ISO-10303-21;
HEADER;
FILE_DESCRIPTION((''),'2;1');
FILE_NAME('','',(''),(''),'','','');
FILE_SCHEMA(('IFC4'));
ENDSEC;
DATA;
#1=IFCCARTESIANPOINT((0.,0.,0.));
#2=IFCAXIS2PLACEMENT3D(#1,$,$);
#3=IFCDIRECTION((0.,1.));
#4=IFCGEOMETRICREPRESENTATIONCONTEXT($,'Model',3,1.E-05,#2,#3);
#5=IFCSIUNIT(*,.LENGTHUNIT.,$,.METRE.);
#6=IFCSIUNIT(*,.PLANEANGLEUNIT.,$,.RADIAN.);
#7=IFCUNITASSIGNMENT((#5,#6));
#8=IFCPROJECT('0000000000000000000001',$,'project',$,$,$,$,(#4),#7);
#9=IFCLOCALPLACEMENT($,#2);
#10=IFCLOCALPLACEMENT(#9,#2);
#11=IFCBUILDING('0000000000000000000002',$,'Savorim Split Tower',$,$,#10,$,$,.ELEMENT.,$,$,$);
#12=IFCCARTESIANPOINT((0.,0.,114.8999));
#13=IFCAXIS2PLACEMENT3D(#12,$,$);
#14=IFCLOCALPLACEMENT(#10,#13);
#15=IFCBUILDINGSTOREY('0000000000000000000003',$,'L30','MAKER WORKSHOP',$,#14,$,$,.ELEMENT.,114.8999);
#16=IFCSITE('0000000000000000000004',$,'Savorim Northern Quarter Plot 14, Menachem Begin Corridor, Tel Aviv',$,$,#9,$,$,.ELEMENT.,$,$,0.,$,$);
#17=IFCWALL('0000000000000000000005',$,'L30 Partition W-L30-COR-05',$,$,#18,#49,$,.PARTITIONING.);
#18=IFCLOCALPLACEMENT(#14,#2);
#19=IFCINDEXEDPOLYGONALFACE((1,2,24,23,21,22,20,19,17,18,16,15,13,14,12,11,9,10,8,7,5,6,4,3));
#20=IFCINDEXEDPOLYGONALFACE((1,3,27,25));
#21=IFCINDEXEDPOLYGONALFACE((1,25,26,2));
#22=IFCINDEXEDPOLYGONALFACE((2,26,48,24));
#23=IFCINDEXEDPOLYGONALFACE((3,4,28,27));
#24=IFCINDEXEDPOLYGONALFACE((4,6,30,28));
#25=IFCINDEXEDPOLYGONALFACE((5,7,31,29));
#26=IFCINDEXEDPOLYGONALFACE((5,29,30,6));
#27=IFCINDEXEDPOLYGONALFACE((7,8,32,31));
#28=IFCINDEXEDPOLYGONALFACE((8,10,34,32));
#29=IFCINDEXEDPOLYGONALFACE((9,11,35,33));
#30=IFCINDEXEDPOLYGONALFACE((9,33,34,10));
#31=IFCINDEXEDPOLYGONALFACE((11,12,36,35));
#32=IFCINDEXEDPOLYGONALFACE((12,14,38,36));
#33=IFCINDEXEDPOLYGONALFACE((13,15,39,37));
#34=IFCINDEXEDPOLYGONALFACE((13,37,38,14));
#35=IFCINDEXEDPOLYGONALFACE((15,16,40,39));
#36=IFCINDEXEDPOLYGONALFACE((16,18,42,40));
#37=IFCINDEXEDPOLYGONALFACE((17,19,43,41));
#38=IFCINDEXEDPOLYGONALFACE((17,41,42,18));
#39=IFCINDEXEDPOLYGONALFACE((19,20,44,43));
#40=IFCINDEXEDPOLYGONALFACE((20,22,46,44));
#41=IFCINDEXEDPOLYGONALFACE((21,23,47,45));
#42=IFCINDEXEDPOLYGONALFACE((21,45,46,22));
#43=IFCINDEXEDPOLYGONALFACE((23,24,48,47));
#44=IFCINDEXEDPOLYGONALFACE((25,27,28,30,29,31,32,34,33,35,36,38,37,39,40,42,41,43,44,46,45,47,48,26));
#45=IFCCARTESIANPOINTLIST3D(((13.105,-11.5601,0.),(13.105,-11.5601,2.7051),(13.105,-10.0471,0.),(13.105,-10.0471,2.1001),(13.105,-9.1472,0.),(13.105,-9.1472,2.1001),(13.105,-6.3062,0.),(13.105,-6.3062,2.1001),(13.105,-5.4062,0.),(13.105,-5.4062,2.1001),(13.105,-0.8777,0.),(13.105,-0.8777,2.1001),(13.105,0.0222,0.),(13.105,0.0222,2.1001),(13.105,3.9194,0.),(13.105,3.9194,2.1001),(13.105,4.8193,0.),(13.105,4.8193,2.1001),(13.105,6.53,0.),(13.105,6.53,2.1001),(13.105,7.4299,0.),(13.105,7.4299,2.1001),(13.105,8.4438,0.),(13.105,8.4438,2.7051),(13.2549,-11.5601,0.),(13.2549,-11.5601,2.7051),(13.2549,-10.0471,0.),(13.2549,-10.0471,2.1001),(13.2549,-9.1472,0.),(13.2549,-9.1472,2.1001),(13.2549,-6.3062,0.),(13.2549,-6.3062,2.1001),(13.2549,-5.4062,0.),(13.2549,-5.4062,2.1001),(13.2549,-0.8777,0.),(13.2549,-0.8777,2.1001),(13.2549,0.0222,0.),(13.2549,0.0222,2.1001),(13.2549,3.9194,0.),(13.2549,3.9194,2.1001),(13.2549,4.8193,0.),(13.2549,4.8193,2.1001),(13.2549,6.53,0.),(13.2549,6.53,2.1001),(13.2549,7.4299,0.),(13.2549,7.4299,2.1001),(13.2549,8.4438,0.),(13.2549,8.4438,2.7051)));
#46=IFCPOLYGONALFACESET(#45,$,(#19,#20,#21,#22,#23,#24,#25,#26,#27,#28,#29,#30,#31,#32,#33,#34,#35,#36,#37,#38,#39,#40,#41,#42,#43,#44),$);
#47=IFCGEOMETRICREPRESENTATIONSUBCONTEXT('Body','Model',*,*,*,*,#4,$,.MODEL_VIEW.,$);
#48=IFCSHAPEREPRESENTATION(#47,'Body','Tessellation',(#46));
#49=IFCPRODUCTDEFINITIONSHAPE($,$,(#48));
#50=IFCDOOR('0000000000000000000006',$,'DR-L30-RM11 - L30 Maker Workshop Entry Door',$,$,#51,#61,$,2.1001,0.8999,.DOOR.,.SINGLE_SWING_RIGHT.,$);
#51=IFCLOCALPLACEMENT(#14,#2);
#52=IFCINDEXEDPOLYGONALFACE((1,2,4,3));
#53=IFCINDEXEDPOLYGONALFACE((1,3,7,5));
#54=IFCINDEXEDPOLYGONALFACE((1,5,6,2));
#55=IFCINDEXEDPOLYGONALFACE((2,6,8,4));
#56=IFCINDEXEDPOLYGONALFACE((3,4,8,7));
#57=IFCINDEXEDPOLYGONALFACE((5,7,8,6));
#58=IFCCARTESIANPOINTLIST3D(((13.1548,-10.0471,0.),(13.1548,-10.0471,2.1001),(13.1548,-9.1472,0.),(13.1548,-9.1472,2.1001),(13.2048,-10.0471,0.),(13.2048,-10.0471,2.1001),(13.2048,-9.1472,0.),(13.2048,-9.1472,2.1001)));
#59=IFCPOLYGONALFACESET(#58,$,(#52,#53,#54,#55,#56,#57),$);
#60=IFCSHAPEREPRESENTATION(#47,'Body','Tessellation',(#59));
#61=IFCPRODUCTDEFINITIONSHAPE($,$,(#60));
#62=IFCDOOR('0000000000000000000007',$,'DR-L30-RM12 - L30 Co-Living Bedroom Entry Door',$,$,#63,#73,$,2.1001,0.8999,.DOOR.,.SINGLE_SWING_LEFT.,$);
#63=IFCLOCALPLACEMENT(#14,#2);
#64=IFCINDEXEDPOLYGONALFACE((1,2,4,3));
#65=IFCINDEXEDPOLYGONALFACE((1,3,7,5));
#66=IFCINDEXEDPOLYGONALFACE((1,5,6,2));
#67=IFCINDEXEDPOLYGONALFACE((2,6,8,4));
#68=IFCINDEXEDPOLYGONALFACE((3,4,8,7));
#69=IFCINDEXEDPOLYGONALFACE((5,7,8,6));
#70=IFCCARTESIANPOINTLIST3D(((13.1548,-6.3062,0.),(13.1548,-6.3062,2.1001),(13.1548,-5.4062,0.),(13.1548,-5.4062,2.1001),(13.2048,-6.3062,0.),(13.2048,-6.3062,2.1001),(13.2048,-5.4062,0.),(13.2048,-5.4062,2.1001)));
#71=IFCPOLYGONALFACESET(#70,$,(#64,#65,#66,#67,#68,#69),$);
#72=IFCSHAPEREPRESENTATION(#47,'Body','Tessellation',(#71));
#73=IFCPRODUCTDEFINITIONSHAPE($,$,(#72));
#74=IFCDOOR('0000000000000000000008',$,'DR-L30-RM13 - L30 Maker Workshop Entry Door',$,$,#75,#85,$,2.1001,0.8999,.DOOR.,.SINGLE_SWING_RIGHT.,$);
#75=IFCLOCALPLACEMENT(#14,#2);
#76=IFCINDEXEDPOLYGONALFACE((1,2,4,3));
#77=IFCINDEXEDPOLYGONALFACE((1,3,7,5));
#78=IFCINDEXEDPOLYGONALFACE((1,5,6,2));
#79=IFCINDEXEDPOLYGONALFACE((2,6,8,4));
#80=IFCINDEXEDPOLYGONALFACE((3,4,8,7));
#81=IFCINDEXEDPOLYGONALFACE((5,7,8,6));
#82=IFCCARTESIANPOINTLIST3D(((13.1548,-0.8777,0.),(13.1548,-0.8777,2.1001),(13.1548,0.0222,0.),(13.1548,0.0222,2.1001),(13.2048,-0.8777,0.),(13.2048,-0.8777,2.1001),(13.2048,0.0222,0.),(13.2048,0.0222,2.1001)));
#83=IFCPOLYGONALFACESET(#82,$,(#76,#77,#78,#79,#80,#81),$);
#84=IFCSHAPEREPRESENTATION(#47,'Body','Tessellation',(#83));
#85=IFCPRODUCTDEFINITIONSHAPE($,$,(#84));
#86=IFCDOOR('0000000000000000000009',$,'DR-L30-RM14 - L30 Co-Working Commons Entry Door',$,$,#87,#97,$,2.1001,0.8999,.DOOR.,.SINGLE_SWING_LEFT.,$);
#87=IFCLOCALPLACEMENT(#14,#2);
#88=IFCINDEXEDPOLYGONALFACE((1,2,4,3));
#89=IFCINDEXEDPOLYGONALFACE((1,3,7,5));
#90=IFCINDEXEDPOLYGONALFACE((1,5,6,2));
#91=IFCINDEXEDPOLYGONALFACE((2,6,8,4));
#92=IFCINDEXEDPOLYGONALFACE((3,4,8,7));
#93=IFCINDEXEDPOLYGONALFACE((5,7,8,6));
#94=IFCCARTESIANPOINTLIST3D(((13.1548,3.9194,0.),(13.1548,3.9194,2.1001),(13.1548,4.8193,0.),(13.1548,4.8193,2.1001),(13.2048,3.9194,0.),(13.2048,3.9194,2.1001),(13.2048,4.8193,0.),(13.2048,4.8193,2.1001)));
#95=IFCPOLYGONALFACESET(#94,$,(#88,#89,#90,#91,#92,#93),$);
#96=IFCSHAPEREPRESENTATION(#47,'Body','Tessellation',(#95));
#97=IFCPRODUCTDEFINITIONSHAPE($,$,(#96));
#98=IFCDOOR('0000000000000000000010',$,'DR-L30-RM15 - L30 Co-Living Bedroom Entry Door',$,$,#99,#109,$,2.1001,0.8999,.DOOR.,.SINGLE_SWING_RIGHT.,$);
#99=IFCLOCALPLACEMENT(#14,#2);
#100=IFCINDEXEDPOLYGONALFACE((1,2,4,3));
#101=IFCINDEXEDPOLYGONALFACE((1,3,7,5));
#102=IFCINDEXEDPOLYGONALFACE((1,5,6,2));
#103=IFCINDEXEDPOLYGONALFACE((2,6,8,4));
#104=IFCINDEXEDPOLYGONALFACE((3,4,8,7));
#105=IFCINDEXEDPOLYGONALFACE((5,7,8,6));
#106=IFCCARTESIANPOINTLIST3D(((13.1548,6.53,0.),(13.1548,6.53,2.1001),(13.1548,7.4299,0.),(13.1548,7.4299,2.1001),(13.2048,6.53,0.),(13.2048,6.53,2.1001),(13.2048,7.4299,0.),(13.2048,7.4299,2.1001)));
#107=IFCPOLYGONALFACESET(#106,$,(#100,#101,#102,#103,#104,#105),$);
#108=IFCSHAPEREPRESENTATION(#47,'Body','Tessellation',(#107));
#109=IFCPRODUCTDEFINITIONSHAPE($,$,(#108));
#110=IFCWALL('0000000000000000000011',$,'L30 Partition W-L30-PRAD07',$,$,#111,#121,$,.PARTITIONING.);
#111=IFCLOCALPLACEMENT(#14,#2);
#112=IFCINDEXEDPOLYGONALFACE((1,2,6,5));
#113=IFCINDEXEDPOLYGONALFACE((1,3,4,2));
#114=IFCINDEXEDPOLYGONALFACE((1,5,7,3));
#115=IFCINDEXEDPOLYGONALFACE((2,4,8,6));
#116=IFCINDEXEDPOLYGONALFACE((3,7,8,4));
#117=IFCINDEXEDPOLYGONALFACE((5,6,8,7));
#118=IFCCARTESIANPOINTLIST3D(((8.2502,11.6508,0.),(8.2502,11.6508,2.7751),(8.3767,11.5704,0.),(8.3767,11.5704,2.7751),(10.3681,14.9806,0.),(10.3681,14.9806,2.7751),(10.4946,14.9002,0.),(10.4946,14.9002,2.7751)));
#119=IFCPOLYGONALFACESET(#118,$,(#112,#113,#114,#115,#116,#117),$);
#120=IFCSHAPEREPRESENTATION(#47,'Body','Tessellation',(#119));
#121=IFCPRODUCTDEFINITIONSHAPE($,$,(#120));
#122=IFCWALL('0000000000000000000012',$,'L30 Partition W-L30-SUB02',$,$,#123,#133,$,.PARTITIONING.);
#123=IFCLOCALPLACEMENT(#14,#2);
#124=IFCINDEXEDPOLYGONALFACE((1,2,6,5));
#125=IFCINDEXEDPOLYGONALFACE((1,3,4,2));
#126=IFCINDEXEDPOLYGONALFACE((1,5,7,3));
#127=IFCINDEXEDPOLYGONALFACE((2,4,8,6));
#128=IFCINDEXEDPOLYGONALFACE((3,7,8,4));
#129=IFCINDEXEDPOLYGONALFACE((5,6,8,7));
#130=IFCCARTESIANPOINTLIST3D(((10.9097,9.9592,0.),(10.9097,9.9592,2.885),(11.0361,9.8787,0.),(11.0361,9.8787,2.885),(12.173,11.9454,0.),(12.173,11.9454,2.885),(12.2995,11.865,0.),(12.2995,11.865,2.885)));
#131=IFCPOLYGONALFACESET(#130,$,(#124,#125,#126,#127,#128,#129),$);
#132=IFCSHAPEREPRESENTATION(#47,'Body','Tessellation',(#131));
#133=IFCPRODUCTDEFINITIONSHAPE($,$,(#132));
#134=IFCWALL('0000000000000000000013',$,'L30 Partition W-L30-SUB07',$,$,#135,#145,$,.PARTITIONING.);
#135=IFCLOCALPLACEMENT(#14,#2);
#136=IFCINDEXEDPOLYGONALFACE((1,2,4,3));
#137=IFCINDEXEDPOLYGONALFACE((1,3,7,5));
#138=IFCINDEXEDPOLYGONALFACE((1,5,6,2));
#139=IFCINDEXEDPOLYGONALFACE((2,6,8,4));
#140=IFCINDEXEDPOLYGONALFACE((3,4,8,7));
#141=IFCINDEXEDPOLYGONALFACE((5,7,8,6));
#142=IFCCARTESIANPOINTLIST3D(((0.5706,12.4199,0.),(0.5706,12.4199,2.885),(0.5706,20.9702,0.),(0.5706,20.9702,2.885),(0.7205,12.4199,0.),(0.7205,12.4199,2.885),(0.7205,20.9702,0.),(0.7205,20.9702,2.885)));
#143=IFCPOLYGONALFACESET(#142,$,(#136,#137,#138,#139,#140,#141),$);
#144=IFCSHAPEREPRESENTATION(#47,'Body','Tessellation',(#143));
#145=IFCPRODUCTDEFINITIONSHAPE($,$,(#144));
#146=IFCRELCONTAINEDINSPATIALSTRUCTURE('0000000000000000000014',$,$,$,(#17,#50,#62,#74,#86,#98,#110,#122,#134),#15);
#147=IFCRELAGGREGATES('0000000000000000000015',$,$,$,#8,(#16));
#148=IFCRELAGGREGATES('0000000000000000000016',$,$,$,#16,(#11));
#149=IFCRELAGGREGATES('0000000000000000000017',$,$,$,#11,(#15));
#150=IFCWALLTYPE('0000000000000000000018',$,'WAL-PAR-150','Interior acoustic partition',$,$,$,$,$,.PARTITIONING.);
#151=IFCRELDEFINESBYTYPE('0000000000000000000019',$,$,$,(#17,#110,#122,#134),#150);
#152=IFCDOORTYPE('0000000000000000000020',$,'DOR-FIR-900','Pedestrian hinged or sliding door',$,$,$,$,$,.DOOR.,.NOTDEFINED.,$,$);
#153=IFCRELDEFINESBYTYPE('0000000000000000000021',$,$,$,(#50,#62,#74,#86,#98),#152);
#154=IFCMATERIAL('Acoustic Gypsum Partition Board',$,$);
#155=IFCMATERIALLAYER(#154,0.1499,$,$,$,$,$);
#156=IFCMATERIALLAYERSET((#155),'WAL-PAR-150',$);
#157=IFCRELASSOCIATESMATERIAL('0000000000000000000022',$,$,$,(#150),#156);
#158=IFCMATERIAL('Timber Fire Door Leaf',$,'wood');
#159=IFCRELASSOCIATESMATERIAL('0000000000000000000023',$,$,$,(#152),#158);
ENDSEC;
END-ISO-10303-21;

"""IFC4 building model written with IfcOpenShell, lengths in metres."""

from ifc_helpers import new_model, si_unit, direction, frame, frame_2d, origin, place, context, subcontext, project, spatial, rectangle, extrude, material, layer, layer_set, type_object, element, fill, save


model = new_model("IFC4")

# Units and contexts
model_context = context("Model", 3, precision=1e-05, world=origin(), true_north=direction((0.0, 1.0)))
body_context = subcontext(model_context, "Body", "Model", "MODEL_VIEW")
ifc_project = project(units=[si_unit("LENGTHUNIT", "METRE"), si_unit("PLANEANGLEUNIT", "RADIAN")], contexts=[model_context])

# Site, building, storey
site_placement = place(None, origin())
site = spatial("IfcSite", under=ifc_project, at=site_placement, Name="Savorim Northern Quarter Plot 14, Menachem Begin Corridor, Tel Aviv", CompositionType="ELEMENT", RefElevation=0.0)
building_placement = place(site_placement, origin())
building = spatial("IfcBuilding", under=site, at=building_placement, Name="Savorim Split Tower", CompositionType="ELEMENT")
storey_placement = place(building_placement, frame((0.0, 0.0, 114.8999)))
storey = spatial("IfcBuildingStorey", under=building, at=storey_placement, Name="L30", Description="MAKER WORKSHOP", CompositionType="ELEMENT", Elevation=114.8999)

# Shared definitions
ifc_material_1 = material(Name="Timber Fire Door Leaf", Category="wood")

# Shared definitions
ifc_material_2 = material(Name="Acoustic Gypsum Partition Board")
ifc_layer_1 = layer(ifc_material_2, 0.1499)
ifc_layer_set_1 = layer_set([ifc_layer_1], Name="WAL-PAR-150")
wall_type_1 = type_object("IfcWallType", Name="WAL-PAR-150", Description="Interior acoustic partition", PredefinedType="PARTITIONING", material=ifc_layer_set_1)

# Wall, openings, doors
wall_1_placement = place(storey_placement, frame((13.1799, 8.4438, 0.0), z_axis=(0.0, 0.0, 1.0), x_axis=(0.0, -1.0, 0.0)))
wall_1 = element("IfcWall", 1, at=wall_1_placement, inside=storey, type_object=wall_type_1, Name="L30 Partition W-L30-COR-05", PredefinedType="PARTITIONING", context=body_context, shape_type="SweptSolid", body=[
    extrude(rectangle(XDim=20.0039, YDim=0.1499, at=frame_2d((10.002, 0.0))), origin(), (0.0, 0.0, 1.0), 2.7051),
])
opening_1_placement = place(wall_1_placement, frame((17.5911, 0.0, 0.0)))
opening_1 = element("IfcOpeningElement", 2, at=opening_1_placement, cuts=wall_1, PredefinedType="OPENING", context=body_context, shape_type="SweptSolid", body=[
    extrude(rectangle(XDim=0.8999, YDim=2.1001, at=frame_2d((0.45, 1.05))), frame((0.0, 0.085, 0.0), z_axis=(0.0, -1.0, 0.0), x_axis=(1.0, 0.0, 0.0)), (0.0, 0.0, 1.0), 0.1699),
])
opening_2_placement = place(wall_1_placement, frame((13.8501, 0.0, 0.0)))
opening_2 = element("IfcOpeningElement", 3, at=opening_2_placement, cuts=wall_1, PredefinedType="OPENING", context=body_context, shape_type="SweptSolid", body=[
    extrude(rectangle(XDim=0.8999, YDim=2.1001, at=frame_2d((0.45, 1.05))), frame((0.0, 0.085, 0.0), z_axis=(0.0, -1.0, 0.0), x_axis=(1.0, 0.0, 0.0)), (0.0, 0.0, 1.0), 0.1699),
])
opening_3_placement = place(wall_1_placement, frame((8.4216, 0.0, 0.0)))
opening_3 = element("IfcOpeningElement", 4, at=opening_3_placement, cuts=wall_1, PredefinedType="OPENING", context=body_context, shape_type="SweptSolid", body=[
    extrude(rectangle(XDim=0.8999, YDim=2.1001, at=frame_2d((0.45, 1.05))), frame((0.0, 0.085, 0.0), z_axis=(0.0, -1.0, 0.0), x_axis=(1.0, 0.0, 0.0)), (0.0, 0.0, 1.0), 0.1699),
])
opening_4_placement = place(wall_1_placement, frame((3.6245, 0.0, 0.0)))
opening_4 = element("IfcOpeningElement", 5, at=opening_4_placement, cuts=wall_1, PredefinedType="OPENING", context=body_context, shape_type="SweptSolid", body=[
    extrude(rectangle(XDim=0.8999, YDim=2.1001, at=frame_2d((0.45, 1.05))), frame((0.0, 0.085, 0.0), z_axis=(0.0, -1.0, 0.0), x_axis=(1.0, 0.0, 0.0)), (0.0, 0.0, 1.0), 0.1699),
])
opening_5_placement = place(wall_1_placement, frame((1.0139, 0.0, 0.0)))
opening_5 = element("IfcOpeningElement", 6, at=opening_5_placement, cuts=wall_1, PredefinedType="OPENING", context=body_context, shape_type="SweptSolid", body=[
    extrude(rectangle(XDim=0.8999, YDim=2.1001, at=frame_2d((0.45, 1.05))), frame((0.0, 0.085, 0.0), z_axis=(0.0, -1.0, 0.0), x_axis=(1.0, 0.0, 0.0)), (0.0, 0.0, 1.0), 0.1699),
])
door_type_1 = type_object("IfcDoorType", Name="DOR-FIR-900", Description="Pedestrian hinged or sliding door", OperationType="NOTDEFINED", PredefinedType="DOOR", material=ifc_material_1)
door_1_placement = place(opening_1_placement, origin())
door_1 = element("IfcDoor", 7, at=door_1_placement, inside=storey, type_object=door_type_1, Name="DR-L30-RM11 - L30 Maker Workshop Entry Door", OperationType="SINGLE_SWING_RIGHT", OverallHeight=2.1001, OverallWidth=0.8999, PredefinedType="DOOR", context=body_context, shape_type="SweptSolid", body=[
    extrude(rectangle(XDim=0.8999, YDim=2.1001, at=frame_2d((0.45, 1.05))), frame((0.0, 0.0249, 0.0), z_axis=(0.0, -1.0, 0.0), x_axis=(1.0, 0.0, 0.0)), (0.0, 0.0, 1.0), 0.05),
])
fill(opening_1, door_1)
door_2_placement = place(opening_2_placement, origin())
door_2 = element("IfcDoor", 8, at=door_2_placement, inside=storey, type_object=door_type_1, Name="DR-L30-RM12 - L30 Co-Living Bedroom Entry Door", OperationType="SINGLE_SWING_LEFT", OverallHeight=2.1001, OverallWidth=0.8999, PredefinedType="DOOR", context=body_context, shape_type="SweptSolid", body=[
    extrude(rectangle(XDim=0.8999, YDim=2.1001, at=frame_2d((0.45, 1.05))), frame((0.0, 0.0249, 0.0), z_axis=(0.0, -1.0, 0.0), x_axis=(1.0, 0.0, 0.0)), (0.0, 0.0, 1.0), 0.05),
])
fill(opening_2, door_2)
door_3_placement = place(opening_3_placement, origin())
door_3 = element("IfcDoor", 9, at=door_3_placement, inside=storey, type_object=door_type_1, Name="DR-L30-RM13 - L30 Maker Workshop Entry Door", OperationType="SINGLE_SWING_RIGHT", OverallHeight=2.1001, OverallWidth=0.8999, PredefinedType="DOOR", context=body_context, shape_type="SweptSolid", body=[
    extrude(rectangle(XDim=0.8999, YDim=2.1001, at=frame_2d((0.45, 1.05))), frame((0.0, 0.0249, 0.0), z_axis=(0.0, -1.0, 0.0), x_axis=(1.0, 0.0, 0.0)), (0.0, 0.0, 1.0), 0.05),
])
fill(opening_3, door_3)
door_4_placement = place(opening_4_placement, origin())
door_4 = element("IfcDoor", 10, at=door_4_placement, inside=storey, type_object=door_type_1, Name="DR-L30-RM14 - L30 Co-Working Commons Entry Door", OperationType="SINGLE_SWING_LEFT", OverallHeight=2.1001, OverallWidth=0.8999, PredefinedType="DOOR", context=body_context, shape_type="SweptSolid", body=[
    extrude(rectangle(XDim=0.8999, YDim=2.1001, at=frame_2d((0.45, 1.05))), frame((0.0, 0.0249, 0.0), z_axis=(0.0, -1.0, 0.0), x_axis=(1.0, 0.0, 0.0)), (0.0, 0.0, 1.0), 0.05),
])
fill(opening_4, door_4)
door_5_placement = place(opening_5_placement, origin())
door_5 = element("IfcDoor", 11, at=door_5_placement, inside=storey, type_object=door_type_1, Name="DR-L30-RM15 - L30 Co-Living Bedroom Entry Door", OperationType="SINGLE_SWING_RIGHT", OverallHeight=2.1001, OverallWidth=0.8999, PredefinedType="DOOR", context=body_context, shape_type="SweptSolid", body=[
    extrude(rectangle(XDim=0.8999, YDim=2.1001, at=frame_2d((0.45, 1.05))), frame((0.0, 0.0249, 0.0), z_axis=(0.0, -1.0, 0.0), x_axis=(1.0, 0.0, 0.0)), (0.0, 0.0, 1.0), 0.05),
])
fill(opening_5, door_5)

# Walls
wall_2_placement = place(storey_placement, frame((8.3135, 11.6106, 0.0), z_axis=(0.0, 0.0, 1.0), x_axis=(0.536683, 0.843784, 0.0)))
element("IfcWall", 12, at=wall_2_placement, inside=storey, type_object=wall_type_1, Name="L30 Partition W-L30-PRAD07", PredefinedType="PARTITIONING", context=body_context, shape_type="SweptSolid", body=[
    extrude(rectangle(XDim=3.9463, YDim=0.1499, at=frame_2d((1.9731, 0.0))), origin(), (0.0, 0.0, 1.0), 2.7751),
])
wall_3_placement = place(storey_placement, frame((10.9729, 9.9189, 0.0), z_axis=(0.0, 0.0, 1.0), x_axis=(0.536694, 0.843777, 0.0)))
element("IfcWall", 13, at=wall_3_placement, inside=storey, type_object=wall_type_1, Name="L30 Partition W-L30-SUB02", PredefinedType="PARTITIONING", context=body_context, shape_type="SweptSolid", body=[
    extrude(rectangle(XDim=2.354, YDim=0.1499, at=frame_2d((1.177, 0.0))), origin(), (0.0, 0.0, 1.0), 2.885),
])
wall_4_placement = place(storey_placement, frame((0.6455, 12.4199, 0.0), z_axis=(0.0, 0.0, 1.0), x_axis=(0.0, 1.0, 0.0)))
element("IfcWall", 14, at=wall_4_placement, inside=storey, type_object=wall_type_1, Name="L30 Partition W-L30-SUB07", PredefinedType="PARTITIONING", context=body_context, shape_type="SweptSolid", body=[
    extrude(rectangle(XDim=8.5503, YDim=0.1499, at=frame_2d((4.2751, 0.0))), origin(), (0.0, 0.0, 1.0), 2.885),
])

save(model, "model.ifc")
